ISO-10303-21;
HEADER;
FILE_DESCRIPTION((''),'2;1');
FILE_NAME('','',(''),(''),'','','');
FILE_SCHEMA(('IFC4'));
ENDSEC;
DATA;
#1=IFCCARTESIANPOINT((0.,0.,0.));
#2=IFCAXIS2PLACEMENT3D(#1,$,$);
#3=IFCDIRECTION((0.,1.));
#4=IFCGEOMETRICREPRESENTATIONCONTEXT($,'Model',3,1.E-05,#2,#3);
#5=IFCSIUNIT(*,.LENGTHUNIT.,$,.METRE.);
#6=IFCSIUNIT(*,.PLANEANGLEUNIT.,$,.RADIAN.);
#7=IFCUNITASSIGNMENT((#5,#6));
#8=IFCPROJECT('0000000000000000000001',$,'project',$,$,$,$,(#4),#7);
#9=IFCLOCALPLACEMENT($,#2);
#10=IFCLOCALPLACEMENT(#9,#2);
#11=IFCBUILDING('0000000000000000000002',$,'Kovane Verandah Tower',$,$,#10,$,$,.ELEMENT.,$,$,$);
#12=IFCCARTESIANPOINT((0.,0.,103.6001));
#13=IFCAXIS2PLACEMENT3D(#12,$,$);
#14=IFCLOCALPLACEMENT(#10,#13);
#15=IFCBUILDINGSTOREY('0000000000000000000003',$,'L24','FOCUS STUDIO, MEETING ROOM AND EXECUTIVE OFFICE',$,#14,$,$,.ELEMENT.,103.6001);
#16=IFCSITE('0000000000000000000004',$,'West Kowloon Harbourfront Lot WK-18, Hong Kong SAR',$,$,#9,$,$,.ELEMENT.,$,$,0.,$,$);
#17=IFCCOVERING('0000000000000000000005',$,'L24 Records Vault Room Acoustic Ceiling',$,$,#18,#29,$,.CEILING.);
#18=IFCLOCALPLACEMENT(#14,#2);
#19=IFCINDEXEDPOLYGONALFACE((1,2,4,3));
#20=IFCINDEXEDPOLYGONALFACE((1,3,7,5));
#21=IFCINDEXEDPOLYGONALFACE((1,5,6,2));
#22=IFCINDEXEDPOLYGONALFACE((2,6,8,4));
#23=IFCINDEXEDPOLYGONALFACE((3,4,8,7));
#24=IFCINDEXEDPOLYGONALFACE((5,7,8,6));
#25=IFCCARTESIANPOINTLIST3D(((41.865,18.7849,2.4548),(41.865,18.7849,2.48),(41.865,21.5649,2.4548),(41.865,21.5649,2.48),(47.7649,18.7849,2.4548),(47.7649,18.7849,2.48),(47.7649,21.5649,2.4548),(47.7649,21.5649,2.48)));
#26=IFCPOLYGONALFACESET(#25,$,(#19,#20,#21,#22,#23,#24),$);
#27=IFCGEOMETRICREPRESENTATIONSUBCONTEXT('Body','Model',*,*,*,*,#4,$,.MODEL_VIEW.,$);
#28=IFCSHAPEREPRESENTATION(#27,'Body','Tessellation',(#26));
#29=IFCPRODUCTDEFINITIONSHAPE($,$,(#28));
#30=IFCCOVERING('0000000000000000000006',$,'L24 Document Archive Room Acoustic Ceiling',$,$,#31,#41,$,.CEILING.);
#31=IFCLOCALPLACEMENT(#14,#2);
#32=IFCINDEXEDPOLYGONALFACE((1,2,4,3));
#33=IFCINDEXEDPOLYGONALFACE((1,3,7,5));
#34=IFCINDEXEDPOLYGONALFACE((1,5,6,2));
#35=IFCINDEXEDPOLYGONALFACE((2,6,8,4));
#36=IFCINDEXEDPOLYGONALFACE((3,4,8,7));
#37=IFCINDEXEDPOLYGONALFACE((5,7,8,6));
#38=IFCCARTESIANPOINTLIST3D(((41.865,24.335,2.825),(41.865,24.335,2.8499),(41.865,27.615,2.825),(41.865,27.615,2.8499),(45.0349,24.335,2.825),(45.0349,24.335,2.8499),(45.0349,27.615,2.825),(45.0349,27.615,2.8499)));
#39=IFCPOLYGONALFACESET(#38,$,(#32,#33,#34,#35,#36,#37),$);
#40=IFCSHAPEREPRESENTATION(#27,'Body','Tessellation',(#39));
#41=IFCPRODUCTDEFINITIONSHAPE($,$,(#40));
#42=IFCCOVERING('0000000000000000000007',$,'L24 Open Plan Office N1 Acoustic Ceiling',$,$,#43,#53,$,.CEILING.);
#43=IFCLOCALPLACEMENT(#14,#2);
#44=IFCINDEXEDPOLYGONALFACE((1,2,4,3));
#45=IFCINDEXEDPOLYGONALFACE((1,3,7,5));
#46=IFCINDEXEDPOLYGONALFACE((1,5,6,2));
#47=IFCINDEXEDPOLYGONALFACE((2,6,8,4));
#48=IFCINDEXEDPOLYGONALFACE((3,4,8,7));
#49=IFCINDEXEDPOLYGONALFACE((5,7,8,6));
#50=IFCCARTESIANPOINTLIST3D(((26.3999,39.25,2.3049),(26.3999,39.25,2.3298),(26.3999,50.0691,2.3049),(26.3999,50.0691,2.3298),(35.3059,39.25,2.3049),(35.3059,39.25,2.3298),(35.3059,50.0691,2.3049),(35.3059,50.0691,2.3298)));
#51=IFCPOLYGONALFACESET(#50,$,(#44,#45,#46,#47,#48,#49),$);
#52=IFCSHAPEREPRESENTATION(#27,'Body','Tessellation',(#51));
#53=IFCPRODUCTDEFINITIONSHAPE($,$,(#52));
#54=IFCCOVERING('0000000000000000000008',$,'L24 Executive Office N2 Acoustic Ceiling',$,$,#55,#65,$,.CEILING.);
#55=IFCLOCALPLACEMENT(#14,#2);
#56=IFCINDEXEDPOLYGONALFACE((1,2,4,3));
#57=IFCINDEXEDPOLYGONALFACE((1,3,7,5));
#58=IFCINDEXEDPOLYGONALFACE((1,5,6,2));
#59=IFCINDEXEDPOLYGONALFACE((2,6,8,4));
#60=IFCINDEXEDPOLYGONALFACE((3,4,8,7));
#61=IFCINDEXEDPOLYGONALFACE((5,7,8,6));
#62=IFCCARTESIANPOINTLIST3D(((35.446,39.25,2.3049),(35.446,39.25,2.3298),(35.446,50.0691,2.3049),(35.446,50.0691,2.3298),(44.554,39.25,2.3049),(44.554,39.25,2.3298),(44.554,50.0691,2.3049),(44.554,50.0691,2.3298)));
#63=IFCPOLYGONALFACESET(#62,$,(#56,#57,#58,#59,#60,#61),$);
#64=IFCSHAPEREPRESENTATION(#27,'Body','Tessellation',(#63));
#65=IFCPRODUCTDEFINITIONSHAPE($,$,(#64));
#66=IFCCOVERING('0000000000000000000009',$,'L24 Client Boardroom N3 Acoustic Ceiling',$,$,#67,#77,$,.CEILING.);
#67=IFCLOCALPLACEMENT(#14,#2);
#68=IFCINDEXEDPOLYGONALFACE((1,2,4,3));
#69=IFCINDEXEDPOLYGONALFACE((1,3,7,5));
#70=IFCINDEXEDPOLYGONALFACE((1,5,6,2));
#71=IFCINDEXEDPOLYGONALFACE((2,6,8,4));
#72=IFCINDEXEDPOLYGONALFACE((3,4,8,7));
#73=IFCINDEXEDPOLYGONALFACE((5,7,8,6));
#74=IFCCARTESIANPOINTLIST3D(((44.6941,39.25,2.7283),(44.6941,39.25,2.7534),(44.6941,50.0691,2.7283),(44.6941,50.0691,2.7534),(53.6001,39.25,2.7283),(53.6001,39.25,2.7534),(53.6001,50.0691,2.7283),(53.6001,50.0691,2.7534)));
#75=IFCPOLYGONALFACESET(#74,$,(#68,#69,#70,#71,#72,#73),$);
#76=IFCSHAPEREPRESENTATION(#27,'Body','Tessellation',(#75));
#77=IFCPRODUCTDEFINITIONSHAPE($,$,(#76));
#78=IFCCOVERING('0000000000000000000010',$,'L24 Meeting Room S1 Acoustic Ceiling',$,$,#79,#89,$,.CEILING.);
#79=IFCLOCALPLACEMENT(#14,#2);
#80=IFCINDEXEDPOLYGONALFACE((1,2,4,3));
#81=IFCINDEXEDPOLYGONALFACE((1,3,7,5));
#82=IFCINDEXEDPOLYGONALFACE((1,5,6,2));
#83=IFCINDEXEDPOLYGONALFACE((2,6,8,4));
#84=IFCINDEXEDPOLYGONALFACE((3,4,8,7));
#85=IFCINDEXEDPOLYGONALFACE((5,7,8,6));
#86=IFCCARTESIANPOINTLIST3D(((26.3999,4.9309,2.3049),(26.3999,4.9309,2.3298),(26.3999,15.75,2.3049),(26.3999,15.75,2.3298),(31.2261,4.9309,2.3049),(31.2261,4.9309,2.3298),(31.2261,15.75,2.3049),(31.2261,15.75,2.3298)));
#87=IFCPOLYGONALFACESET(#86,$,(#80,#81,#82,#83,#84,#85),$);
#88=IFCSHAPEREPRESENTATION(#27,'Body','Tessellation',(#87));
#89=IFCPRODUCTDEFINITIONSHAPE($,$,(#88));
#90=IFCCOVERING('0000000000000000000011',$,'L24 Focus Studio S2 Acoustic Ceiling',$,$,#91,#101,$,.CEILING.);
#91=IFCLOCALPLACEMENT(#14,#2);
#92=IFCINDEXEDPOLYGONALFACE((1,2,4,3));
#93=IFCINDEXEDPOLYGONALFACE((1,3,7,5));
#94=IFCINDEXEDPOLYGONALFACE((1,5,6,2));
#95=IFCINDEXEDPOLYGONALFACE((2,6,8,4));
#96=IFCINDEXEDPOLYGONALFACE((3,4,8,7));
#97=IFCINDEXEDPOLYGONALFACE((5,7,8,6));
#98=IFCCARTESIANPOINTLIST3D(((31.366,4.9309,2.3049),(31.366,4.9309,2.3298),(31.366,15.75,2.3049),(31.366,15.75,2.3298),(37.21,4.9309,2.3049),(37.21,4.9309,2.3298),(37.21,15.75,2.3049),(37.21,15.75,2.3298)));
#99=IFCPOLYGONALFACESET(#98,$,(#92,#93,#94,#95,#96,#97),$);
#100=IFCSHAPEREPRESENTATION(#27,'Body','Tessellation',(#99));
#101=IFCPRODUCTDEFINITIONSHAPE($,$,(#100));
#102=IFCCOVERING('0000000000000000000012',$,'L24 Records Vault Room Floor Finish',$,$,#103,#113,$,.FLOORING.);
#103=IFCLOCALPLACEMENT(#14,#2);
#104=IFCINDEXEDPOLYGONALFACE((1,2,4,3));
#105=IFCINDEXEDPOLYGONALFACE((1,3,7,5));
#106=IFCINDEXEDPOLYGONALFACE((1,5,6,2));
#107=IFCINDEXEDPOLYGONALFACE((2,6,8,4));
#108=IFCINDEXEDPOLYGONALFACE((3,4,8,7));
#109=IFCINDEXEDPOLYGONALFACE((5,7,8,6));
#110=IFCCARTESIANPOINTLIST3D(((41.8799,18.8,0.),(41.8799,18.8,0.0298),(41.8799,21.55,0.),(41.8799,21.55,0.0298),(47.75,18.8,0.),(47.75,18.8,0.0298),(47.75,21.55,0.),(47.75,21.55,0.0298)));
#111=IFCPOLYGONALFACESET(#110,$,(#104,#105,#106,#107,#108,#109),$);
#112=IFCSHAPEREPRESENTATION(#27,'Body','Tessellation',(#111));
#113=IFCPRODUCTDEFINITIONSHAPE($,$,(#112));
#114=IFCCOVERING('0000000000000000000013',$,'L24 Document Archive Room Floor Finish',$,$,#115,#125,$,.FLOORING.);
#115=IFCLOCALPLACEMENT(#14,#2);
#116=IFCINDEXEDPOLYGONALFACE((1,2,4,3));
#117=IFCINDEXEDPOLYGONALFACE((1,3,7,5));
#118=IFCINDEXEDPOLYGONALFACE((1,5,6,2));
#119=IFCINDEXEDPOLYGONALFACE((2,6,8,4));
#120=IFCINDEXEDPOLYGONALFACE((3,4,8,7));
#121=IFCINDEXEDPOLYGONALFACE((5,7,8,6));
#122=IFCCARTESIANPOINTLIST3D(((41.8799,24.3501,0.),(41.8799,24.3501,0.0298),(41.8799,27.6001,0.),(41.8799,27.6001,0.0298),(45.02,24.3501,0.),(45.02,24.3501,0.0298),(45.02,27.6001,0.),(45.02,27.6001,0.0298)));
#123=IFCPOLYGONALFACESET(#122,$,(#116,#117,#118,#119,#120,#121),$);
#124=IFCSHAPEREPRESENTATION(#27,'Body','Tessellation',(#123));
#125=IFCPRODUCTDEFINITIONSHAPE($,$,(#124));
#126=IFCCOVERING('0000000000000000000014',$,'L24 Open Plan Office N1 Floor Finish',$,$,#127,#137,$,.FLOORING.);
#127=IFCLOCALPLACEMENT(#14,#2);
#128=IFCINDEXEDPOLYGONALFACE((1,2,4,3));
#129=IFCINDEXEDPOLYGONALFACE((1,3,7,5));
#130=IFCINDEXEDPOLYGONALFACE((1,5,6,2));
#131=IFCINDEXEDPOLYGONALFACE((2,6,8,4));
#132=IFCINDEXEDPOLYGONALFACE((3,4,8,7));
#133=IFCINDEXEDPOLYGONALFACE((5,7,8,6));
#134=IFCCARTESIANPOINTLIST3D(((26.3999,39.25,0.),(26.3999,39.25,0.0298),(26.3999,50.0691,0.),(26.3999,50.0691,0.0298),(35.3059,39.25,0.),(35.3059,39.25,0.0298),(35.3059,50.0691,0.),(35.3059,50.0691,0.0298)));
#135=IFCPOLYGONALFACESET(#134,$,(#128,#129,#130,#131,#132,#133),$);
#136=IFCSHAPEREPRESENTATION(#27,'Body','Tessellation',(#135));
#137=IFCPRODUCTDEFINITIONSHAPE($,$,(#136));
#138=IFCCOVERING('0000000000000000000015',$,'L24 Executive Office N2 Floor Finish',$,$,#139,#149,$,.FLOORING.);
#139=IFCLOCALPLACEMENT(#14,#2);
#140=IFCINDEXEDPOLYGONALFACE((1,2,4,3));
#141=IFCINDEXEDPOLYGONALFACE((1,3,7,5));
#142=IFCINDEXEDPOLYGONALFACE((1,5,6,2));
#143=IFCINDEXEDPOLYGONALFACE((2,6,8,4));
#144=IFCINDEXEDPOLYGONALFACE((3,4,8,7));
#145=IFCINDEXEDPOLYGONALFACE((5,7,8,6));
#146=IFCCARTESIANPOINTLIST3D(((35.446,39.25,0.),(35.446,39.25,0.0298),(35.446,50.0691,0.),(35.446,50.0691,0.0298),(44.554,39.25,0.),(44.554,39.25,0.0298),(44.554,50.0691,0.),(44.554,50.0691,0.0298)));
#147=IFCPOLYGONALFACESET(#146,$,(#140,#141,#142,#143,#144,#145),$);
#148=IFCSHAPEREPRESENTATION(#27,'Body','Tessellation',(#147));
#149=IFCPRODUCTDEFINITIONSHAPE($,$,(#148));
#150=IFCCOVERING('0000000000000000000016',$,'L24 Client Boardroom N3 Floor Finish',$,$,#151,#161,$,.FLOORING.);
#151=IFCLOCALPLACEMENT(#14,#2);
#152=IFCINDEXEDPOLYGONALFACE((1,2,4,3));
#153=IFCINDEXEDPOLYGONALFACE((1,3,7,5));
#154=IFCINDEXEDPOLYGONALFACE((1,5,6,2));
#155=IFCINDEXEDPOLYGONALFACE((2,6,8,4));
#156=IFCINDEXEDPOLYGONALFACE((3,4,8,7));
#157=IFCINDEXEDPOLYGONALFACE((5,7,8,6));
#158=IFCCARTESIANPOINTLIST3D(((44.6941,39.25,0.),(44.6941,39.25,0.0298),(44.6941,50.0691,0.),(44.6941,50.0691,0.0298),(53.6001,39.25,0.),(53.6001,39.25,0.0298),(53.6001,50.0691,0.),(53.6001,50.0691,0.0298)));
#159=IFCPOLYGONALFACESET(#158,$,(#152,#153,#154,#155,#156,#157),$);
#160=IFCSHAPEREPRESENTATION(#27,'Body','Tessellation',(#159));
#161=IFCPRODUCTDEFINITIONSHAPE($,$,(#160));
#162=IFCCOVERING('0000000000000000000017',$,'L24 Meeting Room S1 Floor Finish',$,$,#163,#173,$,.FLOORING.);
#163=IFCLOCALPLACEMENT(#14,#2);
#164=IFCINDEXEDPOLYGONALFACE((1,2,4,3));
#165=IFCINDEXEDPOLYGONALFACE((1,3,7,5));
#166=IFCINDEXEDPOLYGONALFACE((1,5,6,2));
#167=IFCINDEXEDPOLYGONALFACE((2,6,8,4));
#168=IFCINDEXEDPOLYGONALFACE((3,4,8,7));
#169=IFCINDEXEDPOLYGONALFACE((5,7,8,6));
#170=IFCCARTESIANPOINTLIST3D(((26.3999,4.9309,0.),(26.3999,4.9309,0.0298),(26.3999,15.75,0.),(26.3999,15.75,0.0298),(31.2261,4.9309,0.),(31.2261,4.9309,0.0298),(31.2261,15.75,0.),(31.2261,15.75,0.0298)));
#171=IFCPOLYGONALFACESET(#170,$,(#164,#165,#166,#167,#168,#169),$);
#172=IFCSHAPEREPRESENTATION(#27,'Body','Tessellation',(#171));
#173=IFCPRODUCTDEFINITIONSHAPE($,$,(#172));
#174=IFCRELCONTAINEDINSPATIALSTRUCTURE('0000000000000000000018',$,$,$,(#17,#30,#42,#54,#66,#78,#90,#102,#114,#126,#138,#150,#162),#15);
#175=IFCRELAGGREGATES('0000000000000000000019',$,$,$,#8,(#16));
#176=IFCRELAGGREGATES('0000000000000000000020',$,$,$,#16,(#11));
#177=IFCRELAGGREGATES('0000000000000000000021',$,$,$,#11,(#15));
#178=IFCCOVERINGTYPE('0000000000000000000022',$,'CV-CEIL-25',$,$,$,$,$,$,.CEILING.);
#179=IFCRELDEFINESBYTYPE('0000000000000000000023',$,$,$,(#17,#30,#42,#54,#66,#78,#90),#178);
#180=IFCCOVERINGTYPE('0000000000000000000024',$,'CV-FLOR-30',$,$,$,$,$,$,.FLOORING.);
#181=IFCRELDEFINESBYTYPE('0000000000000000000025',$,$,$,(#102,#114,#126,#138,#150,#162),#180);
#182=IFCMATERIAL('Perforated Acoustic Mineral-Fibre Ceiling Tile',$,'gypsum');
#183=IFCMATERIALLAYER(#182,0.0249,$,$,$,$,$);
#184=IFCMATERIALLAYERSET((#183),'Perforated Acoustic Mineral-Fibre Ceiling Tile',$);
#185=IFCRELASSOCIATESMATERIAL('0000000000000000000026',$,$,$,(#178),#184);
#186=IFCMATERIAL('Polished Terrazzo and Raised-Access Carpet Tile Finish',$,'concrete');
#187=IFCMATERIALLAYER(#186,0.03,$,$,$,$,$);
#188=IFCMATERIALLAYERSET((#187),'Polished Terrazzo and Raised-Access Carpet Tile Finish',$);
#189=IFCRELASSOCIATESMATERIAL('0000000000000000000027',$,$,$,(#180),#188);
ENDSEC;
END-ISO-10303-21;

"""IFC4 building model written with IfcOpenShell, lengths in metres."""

from ifc_helpers import new_model, si_unit, direction, frame, origin, place, context, subcontext, project, spatial, polyline, outline, extrude, material, layer, layer_set, type_object, element, save


model = new_model("IFC4")

# Units and contexts
model_context = context("Model", 3, precision=1e-05, world=origin(), true_north=direction((0.0, 1.0)))
body_context = subcontext(model_context, "Body", "Model", "MODEL_VIEW")
ifc_project = project(units=[si_unit("LENGTHUNIT", "METRE"), si_unit("PLANEANGLEUNIT", "RADIAN")], contexts=[model_context])

# Site, building, storey
site_placement = place(None, origin())
site = spatial("IfcSite", under=ifc_project, at=site_placement, Name="West Kowloon Harbourfront Lot WK-18, Hong Kong SAR", CompositionType="ELEMENT", RefElevation=0.0)
building_placement = place(site_placement, origin())
building = spatial("IfcBuilding", under=site, at=building_placement, Name="Kovane Verandah Tower", CompositionType="ELEMENT")
storey_placement = place(building_placement, frame((0.0, 0.0, 103.6001)))
storey = spatial("IfcBuildingStorey", under=building, at=storey_placement, Name="L24", Description="FOCUS STUDIO, MEETING ROOM AND EXECUTIVE OFFICE", CompositionType="ELEMENT", Elevation=103.6001)

# Coverings
ifc_material_1 = material(Name="Perforated Acoustic Mineral-Fibre Ceiling Tile", Category="gypsum")
ifc_layer_1 = layer(ifc_material_1, 0.0249)
ifc_layer_set_1 = layer_set([ifc_layer_1], Name="Perforated Acoustic Mineral-Fibre Ceiling Tile")
covering_type_1 = type_object("IfcCoveringType", Name="CV-CEIL-25", PredefinedType="CEILING", material=ifc_layer_set_1)
covering_1_placement = place(storey_placement, frame((0.0, 0.0, 2.4548)))
element("IfcCovering", 1, at=covering_1_placement, inside=storey, type_object=covering_type_1, Name="L24 Records Vault Room Acoustic Ceiling", PredefinedType="CEILING", context=body_context, shape_type="SweptSolid", body=[
    extrude(outline(polyline([(41.865, 18.7849), (47.7649, 18.7849), (47.7649, 21.5649), (41.865, 21.5649), (41.865, 18.7849)])), origin(), (0.0, 0.0, 1.0), 0.0251),
])
covering_2_placement = place(storey_placement, frame((0.0, 0.0, 2.825)))
element("IfcCovering", 2, at=covering_2_placement, inside=storey, type_object=covering_type_1, Name="L24 Document Archive Room Acoustic Ceiling", PredefinedType="CEILING", context=body_context, shape_type="SweptSolid", body=[
    extrude(outline(polyline([(41.865, 24.335), (45.0349, 24.335), (45.0349, 27.615), (41.865, 27.615), (41.865, 24.335)])), origin(), (0.0, 0.0, 1.0), 0.0249),
])
covering_3_placement = place(storey_placement, frame((0.0, 0.0, 2.3049)))
element("IfcCovering", 3, at=covering_3_placement, inside=storey, type_object=covering_type_1, Name="L24 Open Plan Office N1 Acoustic Ceiling", PredefinedType="CEILING", context=body_context, shape_type="SweptSolid", body=[
    extrude(outline(polyline([(26.3999, 39.25), (35.3059, 39.25), (35.3059, 50.0691), (26.3999, 50.0691), (26.3999, 39.25)])), origin(), (0.0, 0.0, 1.0), 0.0249),
])
covering_4_placement = place(storey_placement, frame((0.0, 0.0, 2.3049)))
element("IfcCovering", 4, at=covering_4_placement, inside=storey, type_object=covering_type_1, Name="L24 Executive Office N2 Acoustic Ceiling", PredefinedType="CEILING", context=body_context, shape_type="SweptSolid", body=[
    extrude(outline(polyline([(35.446, 39.25), (44.554, 39.25), (44.554, 50.0691), (35.446, 50.0691), (35.446, 39.25)])), origin(), (0.0, 0.0, 1.0), 0.0249),
])
covering_5_placement = place(storey_placement, frame((0.0, 0.0, 2.7283)))
element("IfcCovering", 5, at=covering_5_placement, inside=storey, type_object=covering_type_1, Name="L24 Client Boardroom N3 Acoustic Ceiling", PredefinedType="CEILING", context=body_context, shape_type="SweptSolid", body=[
    extrude(outline(polyline([(44.6941, 39.25), (53.6001, 39.25), (53.6001, 50.0691), (44.6941, 50.0691), (44.6941, 39.25)])), origin(), (0.0, 0.0, 1.0), 0.0251),
])
covering_6_placement = place(storey_placement, frame((0.0, 0.0, 2.3049)))
element("IfcCovering", 6, at=covering_6_placement, inside=storey, type_object=covering_type_1, Name="L24 Meeting Room S1 Acoustic Ceiling", PredefinedType="CEILING", context=body_context, shape_type="SweptSolid", body=[
    extrude(outline(polyline([(26.3999, 4.9309), (31.2261, 4.9309), (31.2261, 15.75), (26.3999, 15.75), (26.3999, 4.9309)])), origin(), (0.0, 0.0, 1.0), 0.0249),
])
covering_7_placement = place(storey_placement, frame((0.0, 0.0, 2.3049)))
element("IfcCovering", 7, at=covering_7_placement, inside=storey, type_object=covering_type_1, Name="L24 Focus Studio S2 Acoustic Ceiling", PredefinedType="CEILING", context=body_context, shape_type="SweptSolid", body=[
    extrude(outline(polyline([(31.366, 4.9309), (37.21, 4.9309), (37.21, 15.75), (31.366, 15.75), (31.366, 4.9309)])), origin(), (0.0, 0.0, 1.0), 0.0249),
])
ifc_material_2 = material(Name="Polished Terrazzo and Raised-Access Carpet Tile Finish", Category="concrete")
ifc_layer_2 = layer(ifc_material_2, 0.03)
ifc_layer_set_2 = layer_set([ifc_layer_2], Name="Polished Terrazzo and Raised-Access Carpet Tile Finish")
covering_type_2 = type_object("IfcCoveringType", Name="CV-FLOR-30", PredefinedType="FLOORING", material=ifc_layer_set_2)
covering_8_placement = place(storey_placement, origin())
element("IfcCovering", 8, at=covering_8_placement, inside=storey, type_object=covering_type_2, Name="L24 Records Vault Room Floor Finish", PredefinedType="FLOORING", context=body_context, shape_type="SweptSolid", body=[
    extrude(outline(polyline([(41.8799, 18.8), (47.75, 18.8), (47.75, 21.55), (41.8799, 21.55), (41.8799, 18.8)])), origin(), (0.0, 0.0, 1.0), 0.0298),
])
covering_9_placement = place(storey_placement, origin())
element("IfcCovering", 9, at=covering_9_placement, inside=storey, type_object=covering_type_2, Name="L24 Document Archive Room Floor Finish", PredefinedType="FLOORING", context=body_context, shape_type="SweptSolid", body=[
    extrude(outline(polyline([(41.8799, 24.3501), (45.02, 24.3501), (45.02, 27.6001), (41.8799, 27.6001), (41.8799, 24.3501)])), origin(), (0.0, 0.0, 1.0), 0.0298),
])
covering_10_placement = place(storey_placement, origin())
element("IfcCovering", 10, at=covering_10_placement, inside=storey, type_object=covering_type_2, Name="L24 Open Plan Office N1 Floor Finish", PredefinedType="FLOORING", context=body_context, shape_type="SweptSolid", body=[
    extrude(outline(polyline([(26.3999, 39.25), (35.3059, 39.25), (35.3059, 50.0691), (26.3999, 50.0691), (26.3999, 39.25)])), origin(), (0.0, 0.0, 1.0), 0.0298),
])
covering_11_placement = place(storey_placement, origin())
element("IfcCovering", 11, at=covering_11_placement, inside=storey, type_object=covering_type_2, Name="L24 Executive Office N2 Floor Finish", PredefinedType="FLOORING", context=body_context, shape_type="SweptSolid", body=[
    extrude(outline(polyline([(35.446, 39.25), (44.554, 39.25), (44.554, 50.0691), (35.446, 50.0691), (35.446, 39.25)])), origin(), (0.0, 0.0, 1.0), 0.0298),
])
covering_12_placement = place(storey_placement, origin())
element("IfcCovering", 12, at=covering_12_placement, inside=storey, type_object=covering_type_2, Name="L24 Client Boardroom N3 Floor Finish", PredefinedType="FLOORING", context=body_context, shape_type="SweptSolid", body=[
    extrude(outline(polyline([(44.6941, 39.25), (53.6001, 39.25), (53.6001, 50.0691), (44.6941, 50.0691), (44.6941, 39.25)])), origin(), (0.0, 0.0, 1.0), 0.0298),
])
covering_13_placement = place(storey_placement, origin())
element("IfcCovering", 13, at=covering_13_placement, inside=storey, type_object=covering_type_2, Name="L24 Meeting Room S1 Floor Finish", PredefinedType="FLOORING", context=body_context, shape_type="SweptSolid", body=[
    extrude(outline(polyline([(26.3999, 4.9309), (31.2261, 4.9309), (31.2261, 15.75), (26.3999, 15.75), (26.3999, 4.9309)])), origin(), (0.0, 0.0, 1.0), 0.0298),
])

save(model, "model.ifc")
